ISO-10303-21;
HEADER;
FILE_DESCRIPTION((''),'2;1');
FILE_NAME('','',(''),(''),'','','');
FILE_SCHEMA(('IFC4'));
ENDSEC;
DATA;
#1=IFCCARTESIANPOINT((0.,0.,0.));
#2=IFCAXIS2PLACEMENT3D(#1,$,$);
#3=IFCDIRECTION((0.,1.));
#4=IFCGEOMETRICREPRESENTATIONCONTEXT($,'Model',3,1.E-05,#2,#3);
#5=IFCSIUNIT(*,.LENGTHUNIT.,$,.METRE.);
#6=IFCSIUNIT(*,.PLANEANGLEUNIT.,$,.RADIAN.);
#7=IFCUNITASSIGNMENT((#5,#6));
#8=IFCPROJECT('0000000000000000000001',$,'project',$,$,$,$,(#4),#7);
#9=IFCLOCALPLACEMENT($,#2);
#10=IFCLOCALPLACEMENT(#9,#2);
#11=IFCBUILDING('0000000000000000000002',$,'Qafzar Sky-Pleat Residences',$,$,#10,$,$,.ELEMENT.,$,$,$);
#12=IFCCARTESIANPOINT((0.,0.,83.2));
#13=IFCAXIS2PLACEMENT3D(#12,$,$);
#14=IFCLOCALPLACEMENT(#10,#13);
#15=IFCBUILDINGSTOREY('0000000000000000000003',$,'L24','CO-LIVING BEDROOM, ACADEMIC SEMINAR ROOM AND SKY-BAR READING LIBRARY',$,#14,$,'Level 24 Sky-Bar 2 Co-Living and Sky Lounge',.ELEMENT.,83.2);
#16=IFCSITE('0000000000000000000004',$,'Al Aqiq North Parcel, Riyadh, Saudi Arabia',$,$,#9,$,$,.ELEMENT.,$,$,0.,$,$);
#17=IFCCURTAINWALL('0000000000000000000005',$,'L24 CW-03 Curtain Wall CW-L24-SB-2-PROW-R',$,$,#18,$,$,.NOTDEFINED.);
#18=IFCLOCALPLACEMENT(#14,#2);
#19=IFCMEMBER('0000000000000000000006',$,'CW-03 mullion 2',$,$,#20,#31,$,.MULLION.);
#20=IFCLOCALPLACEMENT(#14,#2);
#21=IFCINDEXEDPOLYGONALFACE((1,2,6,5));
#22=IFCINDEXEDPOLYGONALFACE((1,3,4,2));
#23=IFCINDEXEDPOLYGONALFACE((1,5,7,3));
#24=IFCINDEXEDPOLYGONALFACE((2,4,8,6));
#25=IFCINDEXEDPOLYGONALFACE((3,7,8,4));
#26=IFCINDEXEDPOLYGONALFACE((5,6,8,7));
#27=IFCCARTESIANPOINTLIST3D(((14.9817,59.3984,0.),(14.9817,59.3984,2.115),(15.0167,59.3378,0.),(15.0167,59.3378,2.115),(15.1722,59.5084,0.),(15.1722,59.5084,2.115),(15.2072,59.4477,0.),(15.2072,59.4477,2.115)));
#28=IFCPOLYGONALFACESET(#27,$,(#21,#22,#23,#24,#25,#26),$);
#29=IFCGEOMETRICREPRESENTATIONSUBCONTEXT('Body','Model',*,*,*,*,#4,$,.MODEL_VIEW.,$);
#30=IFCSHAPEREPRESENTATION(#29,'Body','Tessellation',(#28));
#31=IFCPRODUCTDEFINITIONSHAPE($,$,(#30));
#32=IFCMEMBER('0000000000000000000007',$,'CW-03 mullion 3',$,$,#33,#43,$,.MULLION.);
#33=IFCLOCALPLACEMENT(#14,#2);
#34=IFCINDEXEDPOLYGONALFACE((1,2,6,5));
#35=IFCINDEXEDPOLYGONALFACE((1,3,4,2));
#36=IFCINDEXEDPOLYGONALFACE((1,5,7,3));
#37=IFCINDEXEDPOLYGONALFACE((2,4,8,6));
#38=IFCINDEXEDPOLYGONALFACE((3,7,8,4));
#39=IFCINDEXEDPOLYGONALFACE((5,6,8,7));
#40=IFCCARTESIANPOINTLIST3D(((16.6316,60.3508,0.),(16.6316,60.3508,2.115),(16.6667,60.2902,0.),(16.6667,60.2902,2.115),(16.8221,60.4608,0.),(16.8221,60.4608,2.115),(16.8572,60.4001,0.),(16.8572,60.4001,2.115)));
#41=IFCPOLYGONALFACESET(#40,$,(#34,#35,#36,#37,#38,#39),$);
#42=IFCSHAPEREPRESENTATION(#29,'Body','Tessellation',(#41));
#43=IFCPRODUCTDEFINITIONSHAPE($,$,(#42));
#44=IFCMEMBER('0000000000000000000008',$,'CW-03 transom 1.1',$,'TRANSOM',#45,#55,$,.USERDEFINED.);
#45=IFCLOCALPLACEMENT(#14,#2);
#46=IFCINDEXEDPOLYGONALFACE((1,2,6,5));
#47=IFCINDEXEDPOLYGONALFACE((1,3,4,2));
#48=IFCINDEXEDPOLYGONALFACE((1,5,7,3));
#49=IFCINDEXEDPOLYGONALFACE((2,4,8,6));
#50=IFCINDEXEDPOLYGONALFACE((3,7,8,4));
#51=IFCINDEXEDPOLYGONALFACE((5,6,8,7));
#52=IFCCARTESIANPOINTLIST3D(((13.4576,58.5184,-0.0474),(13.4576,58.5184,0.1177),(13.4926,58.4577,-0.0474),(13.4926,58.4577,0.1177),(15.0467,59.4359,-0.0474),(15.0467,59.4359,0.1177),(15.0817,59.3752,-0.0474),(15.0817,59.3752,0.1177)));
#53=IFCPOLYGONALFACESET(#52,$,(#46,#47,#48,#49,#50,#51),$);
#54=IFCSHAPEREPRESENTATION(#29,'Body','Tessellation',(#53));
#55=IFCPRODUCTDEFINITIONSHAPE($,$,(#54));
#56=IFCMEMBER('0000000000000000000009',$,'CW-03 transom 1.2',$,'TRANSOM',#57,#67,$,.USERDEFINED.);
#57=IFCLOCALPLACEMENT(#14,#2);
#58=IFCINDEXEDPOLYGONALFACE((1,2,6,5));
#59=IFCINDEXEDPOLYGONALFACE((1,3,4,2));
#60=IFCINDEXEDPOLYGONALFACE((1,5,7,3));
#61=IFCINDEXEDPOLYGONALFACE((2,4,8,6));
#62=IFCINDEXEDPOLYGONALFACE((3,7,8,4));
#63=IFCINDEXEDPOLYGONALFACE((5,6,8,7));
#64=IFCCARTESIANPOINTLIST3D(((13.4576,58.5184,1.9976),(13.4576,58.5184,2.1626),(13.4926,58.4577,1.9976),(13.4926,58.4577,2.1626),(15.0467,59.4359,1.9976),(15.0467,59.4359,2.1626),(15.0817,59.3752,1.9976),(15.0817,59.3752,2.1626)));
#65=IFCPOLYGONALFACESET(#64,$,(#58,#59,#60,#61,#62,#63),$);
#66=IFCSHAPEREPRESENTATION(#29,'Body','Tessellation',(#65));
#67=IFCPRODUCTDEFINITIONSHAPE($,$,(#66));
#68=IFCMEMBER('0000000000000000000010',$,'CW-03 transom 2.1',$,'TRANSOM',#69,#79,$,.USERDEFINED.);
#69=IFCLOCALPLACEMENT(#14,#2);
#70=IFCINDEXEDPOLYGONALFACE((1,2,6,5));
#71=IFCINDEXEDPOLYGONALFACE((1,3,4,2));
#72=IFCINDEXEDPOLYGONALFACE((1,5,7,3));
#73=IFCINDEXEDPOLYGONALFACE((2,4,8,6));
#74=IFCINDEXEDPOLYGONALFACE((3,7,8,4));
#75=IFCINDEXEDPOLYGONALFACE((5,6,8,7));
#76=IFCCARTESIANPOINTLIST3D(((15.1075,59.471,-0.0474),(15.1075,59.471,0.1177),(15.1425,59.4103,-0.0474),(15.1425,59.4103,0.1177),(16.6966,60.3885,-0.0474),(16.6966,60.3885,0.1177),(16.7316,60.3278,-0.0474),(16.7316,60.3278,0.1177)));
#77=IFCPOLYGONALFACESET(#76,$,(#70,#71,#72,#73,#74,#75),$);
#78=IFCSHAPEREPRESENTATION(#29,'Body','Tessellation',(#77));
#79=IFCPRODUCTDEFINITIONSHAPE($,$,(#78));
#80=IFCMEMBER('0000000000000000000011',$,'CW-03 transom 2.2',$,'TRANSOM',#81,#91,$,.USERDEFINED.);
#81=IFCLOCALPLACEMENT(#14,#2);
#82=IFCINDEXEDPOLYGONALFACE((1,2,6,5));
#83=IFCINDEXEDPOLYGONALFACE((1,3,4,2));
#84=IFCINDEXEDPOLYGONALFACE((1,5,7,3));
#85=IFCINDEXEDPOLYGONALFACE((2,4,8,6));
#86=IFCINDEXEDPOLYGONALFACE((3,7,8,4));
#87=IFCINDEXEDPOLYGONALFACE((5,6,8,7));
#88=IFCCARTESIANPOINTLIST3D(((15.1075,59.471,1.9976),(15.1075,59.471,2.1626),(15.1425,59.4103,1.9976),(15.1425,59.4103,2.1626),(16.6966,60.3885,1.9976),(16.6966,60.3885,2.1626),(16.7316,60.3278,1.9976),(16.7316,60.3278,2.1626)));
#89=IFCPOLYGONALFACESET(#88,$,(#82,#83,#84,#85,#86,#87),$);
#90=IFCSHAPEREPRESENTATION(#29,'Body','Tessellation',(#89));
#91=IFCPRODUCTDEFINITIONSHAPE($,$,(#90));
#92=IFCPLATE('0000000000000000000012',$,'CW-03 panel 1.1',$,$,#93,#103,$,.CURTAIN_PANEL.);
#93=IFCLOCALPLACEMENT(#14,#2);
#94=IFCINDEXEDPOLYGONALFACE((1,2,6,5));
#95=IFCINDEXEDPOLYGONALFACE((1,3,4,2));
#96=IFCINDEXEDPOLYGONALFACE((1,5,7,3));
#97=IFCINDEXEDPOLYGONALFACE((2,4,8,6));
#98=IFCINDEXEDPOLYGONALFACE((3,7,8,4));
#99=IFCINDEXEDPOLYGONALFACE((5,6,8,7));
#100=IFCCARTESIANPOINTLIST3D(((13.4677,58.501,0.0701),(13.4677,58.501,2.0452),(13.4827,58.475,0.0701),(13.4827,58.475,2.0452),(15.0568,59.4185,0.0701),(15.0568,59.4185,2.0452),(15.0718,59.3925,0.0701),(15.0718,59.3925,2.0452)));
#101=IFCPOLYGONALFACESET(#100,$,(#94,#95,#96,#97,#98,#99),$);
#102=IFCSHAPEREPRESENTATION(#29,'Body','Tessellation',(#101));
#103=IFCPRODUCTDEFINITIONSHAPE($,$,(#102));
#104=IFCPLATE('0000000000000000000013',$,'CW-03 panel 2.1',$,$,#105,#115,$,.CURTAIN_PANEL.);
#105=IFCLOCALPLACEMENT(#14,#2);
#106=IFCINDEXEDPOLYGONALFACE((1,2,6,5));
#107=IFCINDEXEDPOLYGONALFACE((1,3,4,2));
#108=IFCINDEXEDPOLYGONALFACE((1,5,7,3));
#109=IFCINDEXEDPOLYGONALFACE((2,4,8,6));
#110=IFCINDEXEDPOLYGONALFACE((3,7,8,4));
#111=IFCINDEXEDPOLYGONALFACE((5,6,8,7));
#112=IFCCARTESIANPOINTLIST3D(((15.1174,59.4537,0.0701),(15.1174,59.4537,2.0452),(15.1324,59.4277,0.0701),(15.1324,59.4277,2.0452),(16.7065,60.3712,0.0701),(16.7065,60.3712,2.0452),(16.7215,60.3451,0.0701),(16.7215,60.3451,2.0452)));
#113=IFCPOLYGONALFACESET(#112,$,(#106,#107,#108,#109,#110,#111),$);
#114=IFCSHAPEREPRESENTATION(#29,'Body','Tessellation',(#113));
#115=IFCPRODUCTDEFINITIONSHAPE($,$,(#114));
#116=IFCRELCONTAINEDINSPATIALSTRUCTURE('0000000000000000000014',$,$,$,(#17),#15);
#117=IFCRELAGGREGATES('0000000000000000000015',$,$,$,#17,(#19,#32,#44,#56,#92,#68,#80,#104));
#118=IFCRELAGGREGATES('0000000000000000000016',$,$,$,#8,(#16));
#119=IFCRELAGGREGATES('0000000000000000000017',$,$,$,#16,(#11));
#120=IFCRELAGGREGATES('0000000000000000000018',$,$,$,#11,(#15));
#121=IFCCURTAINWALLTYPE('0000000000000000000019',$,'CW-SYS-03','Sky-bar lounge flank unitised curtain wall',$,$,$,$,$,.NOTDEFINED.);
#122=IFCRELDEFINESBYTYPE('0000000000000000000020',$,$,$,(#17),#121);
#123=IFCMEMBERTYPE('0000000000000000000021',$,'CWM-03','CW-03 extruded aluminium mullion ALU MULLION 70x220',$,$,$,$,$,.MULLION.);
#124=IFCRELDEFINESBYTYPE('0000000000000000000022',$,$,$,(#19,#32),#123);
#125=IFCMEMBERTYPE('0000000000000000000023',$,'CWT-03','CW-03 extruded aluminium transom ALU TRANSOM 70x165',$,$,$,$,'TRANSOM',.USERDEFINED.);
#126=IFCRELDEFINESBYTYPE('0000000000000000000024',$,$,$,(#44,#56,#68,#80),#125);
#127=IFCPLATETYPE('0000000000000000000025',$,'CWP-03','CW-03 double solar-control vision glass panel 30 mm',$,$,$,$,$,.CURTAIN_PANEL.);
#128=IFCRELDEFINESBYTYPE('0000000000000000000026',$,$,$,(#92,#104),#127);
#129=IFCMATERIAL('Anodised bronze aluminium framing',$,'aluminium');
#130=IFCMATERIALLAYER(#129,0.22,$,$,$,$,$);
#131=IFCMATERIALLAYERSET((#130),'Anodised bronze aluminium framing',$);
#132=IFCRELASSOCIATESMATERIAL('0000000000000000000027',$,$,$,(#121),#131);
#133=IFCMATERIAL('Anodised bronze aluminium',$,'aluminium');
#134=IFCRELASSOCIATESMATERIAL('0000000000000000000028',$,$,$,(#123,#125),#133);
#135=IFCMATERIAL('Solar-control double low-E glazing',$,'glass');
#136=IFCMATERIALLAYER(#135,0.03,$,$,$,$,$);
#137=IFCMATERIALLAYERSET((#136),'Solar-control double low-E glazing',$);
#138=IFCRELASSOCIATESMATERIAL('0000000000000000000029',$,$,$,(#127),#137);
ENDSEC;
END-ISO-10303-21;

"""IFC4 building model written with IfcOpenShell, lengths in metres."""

from ifc_helpers import new_model, si_unit, direction, frame, origin, origin_2d, place, context, subcontext, project, spatial, rectangle, extrude, source, transform, mapped, material, layer, layer_set, material_profile, profile_set, type_object, element, aggregate, save


model = new_model("IFC4")

# Units and contexts
model_context = context("Model", 3, precision=1e-05, world=origin(), true_north=direction((0.0, 1.0)))
body_context = subcontext(model_context, "Body", "Model", "MODEL_VIEW")
ifc_project = project(units=[si_unit("LENGTHUNIT", "METRE"), si_unit("PLANEANGLEUNIT", "RADIAN")], contexts=[model_context])

# Site, building, storey
site_placement = place(None, origin())
site = spatial("IfcSite", under=ifc_project, at=site_placement, Name="Al Aqiq North Parcel, Riyadh, Saudi Arabia", CompositionType="ELEMENT", RefElevation=0.0)
building_placement = place(site_placement, origin())
building = spatial("IfcBuilding", under=site, at=building_placement, Name="Qafzar Sky-Pleat Residences", CompositionType="ELEMENT")
storey_placement = place(building_placement, frame((0.0, 0.0, 83.2)))
storey = spatial("IfcBuildingStorey", under=building, at=storey_placement, Name="L24", Description="CO-LIVING BEDROOM, ACADEMIC SEMINAR ROOM AND SKY-BAR READING LIBRARY", LongName="Level 24 Sky-Bar 2 Co-Living and Sky Lounge", CompositionType="ELEMENT", Elevation=83.2)

# Curtain wall, members, plates
ifc_material_1 = material(Name="Anodised bronze aluminium framing", Category="aluminium")
ifc_layer_1 = layer(ifc_material_1, 0.22)
ifc_layer_set_1 = layer_set([ifc_layer_1], Name="Anodised bronze aluminium framing")
curtain_wall_type = type_object("IfcCurtainWallType", Name="CW-SYS-03", Description="Sky-bar lounge flank unitised curtain wall", PredefinedType="NOTDEFINED", material=ifc_layer_set_1)
curtain_wall_placement = place(storey_placement, origin())
curtain_wall = element("IfcCurtainWall", 1, at=curtain_wall_placement, inside=storey, type_object=curtain_wall_type, Name="L24 CW-03 Curtain Wall CW-L24-SB-2-PROW-R", PredefinedType="NOTDEFINED")
ifc_material_2 = material(Name="Anodised bronze aluminium", Category="aluminium")
ifc_material_profile_1 = material_profile(ifc_material_2, rectangle(XDim=0.0701, YDim=0.22, at=origin_2d()), Name="ALU MULLION 70x220")
ifc_profile_set_1 = profile_set([ifc_material_profile_1], Name="Anodised bronze aluminium")
member_type_1 = type_object("IfcMemberType", Name="CWM-03", Description="CW-03 extruded aluminium mullion ALU MULLION 70x220", PredefinedType="MULLION", material=ifc_profile_set_1)
shared_shape_1 = source(origin(), body_context, "Body", "SweptSolid", [
    extrude(rectangle(XDim=0.0701, YDim=0.22, at=origin_2d()), origin(), (0.0, 0.0, 1.0), 2.115),
])
member_1_placement = place(storey_placement, frame((15.0945, 59.4231, 0.0), z_axis=(0.0, 0.0, 1.0), x_axis=(-0.499998, 0.866027, 0.0)))
member_1 = element("IfcMember", 2, at=member_1_placement, type_object=member_type_1, Name="CW-03 mullion 2", PredefinedType="MULLION", context=body_context, shape_type="MappedRepresentation", body=[
    mapped(shared_shape_1, transform((0.0, 0.0, 0.0), x_axis=(1.0, 0.0, 0.0), y_axis=(0.0, 1.0, 0.0), z_axis=(0.0, 0.0, 1.0), scale=1.0)),
])
member_2_placement = place(storey_placement, frame((16.7444, 60.3755, 0.0), z_axis=(0.0, 0.0, 1.0), x_axis=(-0.499998, 0.866027, 0.0)))
member_2 = element("IfcMember", 3, at=member_2_placement, type_object=member_type_1, Name="CW-03 mullion 3", PredefinedType="MULLION", context=body_context, shape_type="MappedRepresentation", body=[
    mapped(shared_shape_1, transform((0.0, 0.0, 0.0), x_axis=(1.0, 0.0, 0.0), y_axis=(0.0, 1.0, 0.0), z_axis=(0.0, 0.0, 1.0), scale=1.0)),
])
ifc_material_profile_2 = material_profile(ifc_material_2, rectangle(XDim=0.0701, YDim=0.165, at=origin_2d()), Name="ALU TRANSOM 70x165")
ifc_profile_set_2 = profile_set([ifc_material_profile_2], Name="Anodised bronze aluminium")
member_type_2 = type_object("IfcMemberType", Name="CWT-03", Description="CW-03 extruded aluminium transom ALU TRANSOM 70x165", ElementType="TRANSOM", PredefinedType="USERDEFINED", material=ifc_profile_set_2)
shared_shape_2 = source(origin(), body_context, "Body", "SweptSolid", [
    extrude(rectangle(XDim=0.0701, YDim=0.165, at=origin_2d()), origin(), (0.0, 0.0, 1.0), 1.835),
])
member_3_placement = place(storey_placement, frame((13.4751, 58.488, 0.0352), z_axis=(0.866024, 0.500003, 0.0), x_axis=(-0.500003, 0.866024, 0.0)))
member_3 = element("IfcMember", 4, at=member_3_placement, type_object=member_type_2, Name="CW-03 transom 1.1", ObjectType="TRANSOM", PredefinedType="USERDEFINED", context=body_context, shape_type="MappedRepresentation", body=[
    mapped(shared_shape_2, transform((0.0, 0.0, 0.0), x_axis=(1.0, 0.0, 0.0), y_axis=(0.0, 1.0, 0.0), z_axis=(0.0, 0.0, 1.0), scale=1.0)),
])
member_4_placement = place(storey_placement, frame((13.4751, 58.488, 2.0801), z_axis=(0.866024, 0.500003, 0.0), x_axis=(-0.500003, 0.866024, 0.0)))
member_4 = element("IfcMember", 5, at=member_4_placement, type_object=member_type_2, Name="CW-03 transom 1.2", ObjectType="TRANSOM", PredefinedType="USERDEFINED", context=body_context, shape_type="MappedRepresentation", body=[
    mapped(shared_shape_2, transform((0.0, 0.0, 0.0), x_axis=(1.0, 0.0, 0.0), y_axis=(0.0, 1.0, 0.0), z_axis=(0.0, 0.0, 1.0), scale=1.0)),
])
member_5_placement = place(storey_placement, frame((15.125, 59.4407, 0.0352), z_axis=(0.866024, 0.500003, 0.0), x_axis=(-0.500003, 0.866024, 0.0)))
member_5 = element("IfcMember", 6, at=member_5_placement, type_object=member_type_2, Name="CW-03 transom 2.1", ObjectType="TRANSOM", PredefinedType="USERDEFINED", context=body_context, shape_type="MappedRepresentation", body=[
    mapped(shared_shape_2, transform((0.0, 0.0, 0.0), x_axis=(1.0, 0.0, 0.0), y_axis=(0.0, 1.0, 0.0), z_axis=(0.0, 0.0, 1.0), scale=1.0)),
])
member_6_placement = place(storey_placement, frame((15.125, 59.4407, 2.0801), z_axis=(0.866024, 0.500003, 0.0), x_axis=(-0.500003, 0.866024, 0.0)))
member_6 = element("IfcMember", 7, at=member_6_placement, type_object=member_type_2, Name="CW-03 transom 2.2", ObjectType="TRANSOM", PredefinedType="USERDEFINED", context=body_context, shape_type="MappedRepresentation", body=[
    mapped(shared_shape_2, transform((0.0, 0.0, 0.0), x_axis=(1.0, 0.0, 0.0), y_axis=(0.0, 1.0, 0.0), z_axis=(0.0, 0.0, 1.0), scale=1.0)),
])
ifc_material_3 = material(Name="Solar-control double low-E glazing", Category="glass")
ifc_layer_2 = layer(ifc_material_3, 0.03)
ifc_layer_set_2 = layer_set([ifc_layer_2], Name="Solar-control double low-E glazing")
plate_type = type_object("IfcPlateType", Name="CWP-03", Description="CW-03 double solar-control vision glass panel 30 mm", PredefinedType="CURTAIN_PANEL", material=ifc_layer_set_2)
shared_shape_3 = source(origin(), body_context, "Body", "SweptSolid", [
    extrude(rectangle(XDim=1.835, YDim=0.03, at=origin_2d()), origin(), (0.0, 0.0, 1.0), 1.9751),
])
plate_1_placement = place(storey_placement, frame((14.2698, 58.9468, 0.0701), z_axis=(0.0, 0.0, 1.0), x_axis=(0.866027, 0.499998, 0.0)))
plate_1 = element("IfcPlate", 8, at=plate_1_placement, type_object=plate_type, Name="CW-03 panel 1.1", PredefinedType="CURTAIN_PANEL", context=body_context, shape_type="MappedRepresentation", body=[
    mapped(shared_shape_3, transform((0.0, 0.0, 0.0), x_axis=(1.0, 0.0, 0.0), y_axis=(0.0, 1.0, 0.0), z_axis=(0.0, 0.0, 1.0), scale=1.0)),
])
plate_2_placement = place(storey_placement, frame((15.9194, 59.8994, 0.0701), z_axis=(0.0, 0.0, 1.0), x_axis=(0.866027, 0.499998, 0.0)))
plate_2 = element("IfcPlate", 9, at=plate_2_placement, type_object=plate_type, Name="CW-03 panel 2.1", PredefinedType="CURTAIN_PANEL", context=body_context, shape_type="MappedRepresentation", body=[
    mapped(shared_shape_3, transform((0.0, 0.0, 0.0), x_axis=(1.0, 0.0, 0.0), y_axis=(0.0, 1.0, 0.0), z_axis=(0.0, 0.0, 1.0), scale=1.0)),
])
aggregate(curtain_wall, [member_1, member_2, member_3, member_4, plate_1, member_5, member_6, plate_2])

save(model, "model.ifc")
